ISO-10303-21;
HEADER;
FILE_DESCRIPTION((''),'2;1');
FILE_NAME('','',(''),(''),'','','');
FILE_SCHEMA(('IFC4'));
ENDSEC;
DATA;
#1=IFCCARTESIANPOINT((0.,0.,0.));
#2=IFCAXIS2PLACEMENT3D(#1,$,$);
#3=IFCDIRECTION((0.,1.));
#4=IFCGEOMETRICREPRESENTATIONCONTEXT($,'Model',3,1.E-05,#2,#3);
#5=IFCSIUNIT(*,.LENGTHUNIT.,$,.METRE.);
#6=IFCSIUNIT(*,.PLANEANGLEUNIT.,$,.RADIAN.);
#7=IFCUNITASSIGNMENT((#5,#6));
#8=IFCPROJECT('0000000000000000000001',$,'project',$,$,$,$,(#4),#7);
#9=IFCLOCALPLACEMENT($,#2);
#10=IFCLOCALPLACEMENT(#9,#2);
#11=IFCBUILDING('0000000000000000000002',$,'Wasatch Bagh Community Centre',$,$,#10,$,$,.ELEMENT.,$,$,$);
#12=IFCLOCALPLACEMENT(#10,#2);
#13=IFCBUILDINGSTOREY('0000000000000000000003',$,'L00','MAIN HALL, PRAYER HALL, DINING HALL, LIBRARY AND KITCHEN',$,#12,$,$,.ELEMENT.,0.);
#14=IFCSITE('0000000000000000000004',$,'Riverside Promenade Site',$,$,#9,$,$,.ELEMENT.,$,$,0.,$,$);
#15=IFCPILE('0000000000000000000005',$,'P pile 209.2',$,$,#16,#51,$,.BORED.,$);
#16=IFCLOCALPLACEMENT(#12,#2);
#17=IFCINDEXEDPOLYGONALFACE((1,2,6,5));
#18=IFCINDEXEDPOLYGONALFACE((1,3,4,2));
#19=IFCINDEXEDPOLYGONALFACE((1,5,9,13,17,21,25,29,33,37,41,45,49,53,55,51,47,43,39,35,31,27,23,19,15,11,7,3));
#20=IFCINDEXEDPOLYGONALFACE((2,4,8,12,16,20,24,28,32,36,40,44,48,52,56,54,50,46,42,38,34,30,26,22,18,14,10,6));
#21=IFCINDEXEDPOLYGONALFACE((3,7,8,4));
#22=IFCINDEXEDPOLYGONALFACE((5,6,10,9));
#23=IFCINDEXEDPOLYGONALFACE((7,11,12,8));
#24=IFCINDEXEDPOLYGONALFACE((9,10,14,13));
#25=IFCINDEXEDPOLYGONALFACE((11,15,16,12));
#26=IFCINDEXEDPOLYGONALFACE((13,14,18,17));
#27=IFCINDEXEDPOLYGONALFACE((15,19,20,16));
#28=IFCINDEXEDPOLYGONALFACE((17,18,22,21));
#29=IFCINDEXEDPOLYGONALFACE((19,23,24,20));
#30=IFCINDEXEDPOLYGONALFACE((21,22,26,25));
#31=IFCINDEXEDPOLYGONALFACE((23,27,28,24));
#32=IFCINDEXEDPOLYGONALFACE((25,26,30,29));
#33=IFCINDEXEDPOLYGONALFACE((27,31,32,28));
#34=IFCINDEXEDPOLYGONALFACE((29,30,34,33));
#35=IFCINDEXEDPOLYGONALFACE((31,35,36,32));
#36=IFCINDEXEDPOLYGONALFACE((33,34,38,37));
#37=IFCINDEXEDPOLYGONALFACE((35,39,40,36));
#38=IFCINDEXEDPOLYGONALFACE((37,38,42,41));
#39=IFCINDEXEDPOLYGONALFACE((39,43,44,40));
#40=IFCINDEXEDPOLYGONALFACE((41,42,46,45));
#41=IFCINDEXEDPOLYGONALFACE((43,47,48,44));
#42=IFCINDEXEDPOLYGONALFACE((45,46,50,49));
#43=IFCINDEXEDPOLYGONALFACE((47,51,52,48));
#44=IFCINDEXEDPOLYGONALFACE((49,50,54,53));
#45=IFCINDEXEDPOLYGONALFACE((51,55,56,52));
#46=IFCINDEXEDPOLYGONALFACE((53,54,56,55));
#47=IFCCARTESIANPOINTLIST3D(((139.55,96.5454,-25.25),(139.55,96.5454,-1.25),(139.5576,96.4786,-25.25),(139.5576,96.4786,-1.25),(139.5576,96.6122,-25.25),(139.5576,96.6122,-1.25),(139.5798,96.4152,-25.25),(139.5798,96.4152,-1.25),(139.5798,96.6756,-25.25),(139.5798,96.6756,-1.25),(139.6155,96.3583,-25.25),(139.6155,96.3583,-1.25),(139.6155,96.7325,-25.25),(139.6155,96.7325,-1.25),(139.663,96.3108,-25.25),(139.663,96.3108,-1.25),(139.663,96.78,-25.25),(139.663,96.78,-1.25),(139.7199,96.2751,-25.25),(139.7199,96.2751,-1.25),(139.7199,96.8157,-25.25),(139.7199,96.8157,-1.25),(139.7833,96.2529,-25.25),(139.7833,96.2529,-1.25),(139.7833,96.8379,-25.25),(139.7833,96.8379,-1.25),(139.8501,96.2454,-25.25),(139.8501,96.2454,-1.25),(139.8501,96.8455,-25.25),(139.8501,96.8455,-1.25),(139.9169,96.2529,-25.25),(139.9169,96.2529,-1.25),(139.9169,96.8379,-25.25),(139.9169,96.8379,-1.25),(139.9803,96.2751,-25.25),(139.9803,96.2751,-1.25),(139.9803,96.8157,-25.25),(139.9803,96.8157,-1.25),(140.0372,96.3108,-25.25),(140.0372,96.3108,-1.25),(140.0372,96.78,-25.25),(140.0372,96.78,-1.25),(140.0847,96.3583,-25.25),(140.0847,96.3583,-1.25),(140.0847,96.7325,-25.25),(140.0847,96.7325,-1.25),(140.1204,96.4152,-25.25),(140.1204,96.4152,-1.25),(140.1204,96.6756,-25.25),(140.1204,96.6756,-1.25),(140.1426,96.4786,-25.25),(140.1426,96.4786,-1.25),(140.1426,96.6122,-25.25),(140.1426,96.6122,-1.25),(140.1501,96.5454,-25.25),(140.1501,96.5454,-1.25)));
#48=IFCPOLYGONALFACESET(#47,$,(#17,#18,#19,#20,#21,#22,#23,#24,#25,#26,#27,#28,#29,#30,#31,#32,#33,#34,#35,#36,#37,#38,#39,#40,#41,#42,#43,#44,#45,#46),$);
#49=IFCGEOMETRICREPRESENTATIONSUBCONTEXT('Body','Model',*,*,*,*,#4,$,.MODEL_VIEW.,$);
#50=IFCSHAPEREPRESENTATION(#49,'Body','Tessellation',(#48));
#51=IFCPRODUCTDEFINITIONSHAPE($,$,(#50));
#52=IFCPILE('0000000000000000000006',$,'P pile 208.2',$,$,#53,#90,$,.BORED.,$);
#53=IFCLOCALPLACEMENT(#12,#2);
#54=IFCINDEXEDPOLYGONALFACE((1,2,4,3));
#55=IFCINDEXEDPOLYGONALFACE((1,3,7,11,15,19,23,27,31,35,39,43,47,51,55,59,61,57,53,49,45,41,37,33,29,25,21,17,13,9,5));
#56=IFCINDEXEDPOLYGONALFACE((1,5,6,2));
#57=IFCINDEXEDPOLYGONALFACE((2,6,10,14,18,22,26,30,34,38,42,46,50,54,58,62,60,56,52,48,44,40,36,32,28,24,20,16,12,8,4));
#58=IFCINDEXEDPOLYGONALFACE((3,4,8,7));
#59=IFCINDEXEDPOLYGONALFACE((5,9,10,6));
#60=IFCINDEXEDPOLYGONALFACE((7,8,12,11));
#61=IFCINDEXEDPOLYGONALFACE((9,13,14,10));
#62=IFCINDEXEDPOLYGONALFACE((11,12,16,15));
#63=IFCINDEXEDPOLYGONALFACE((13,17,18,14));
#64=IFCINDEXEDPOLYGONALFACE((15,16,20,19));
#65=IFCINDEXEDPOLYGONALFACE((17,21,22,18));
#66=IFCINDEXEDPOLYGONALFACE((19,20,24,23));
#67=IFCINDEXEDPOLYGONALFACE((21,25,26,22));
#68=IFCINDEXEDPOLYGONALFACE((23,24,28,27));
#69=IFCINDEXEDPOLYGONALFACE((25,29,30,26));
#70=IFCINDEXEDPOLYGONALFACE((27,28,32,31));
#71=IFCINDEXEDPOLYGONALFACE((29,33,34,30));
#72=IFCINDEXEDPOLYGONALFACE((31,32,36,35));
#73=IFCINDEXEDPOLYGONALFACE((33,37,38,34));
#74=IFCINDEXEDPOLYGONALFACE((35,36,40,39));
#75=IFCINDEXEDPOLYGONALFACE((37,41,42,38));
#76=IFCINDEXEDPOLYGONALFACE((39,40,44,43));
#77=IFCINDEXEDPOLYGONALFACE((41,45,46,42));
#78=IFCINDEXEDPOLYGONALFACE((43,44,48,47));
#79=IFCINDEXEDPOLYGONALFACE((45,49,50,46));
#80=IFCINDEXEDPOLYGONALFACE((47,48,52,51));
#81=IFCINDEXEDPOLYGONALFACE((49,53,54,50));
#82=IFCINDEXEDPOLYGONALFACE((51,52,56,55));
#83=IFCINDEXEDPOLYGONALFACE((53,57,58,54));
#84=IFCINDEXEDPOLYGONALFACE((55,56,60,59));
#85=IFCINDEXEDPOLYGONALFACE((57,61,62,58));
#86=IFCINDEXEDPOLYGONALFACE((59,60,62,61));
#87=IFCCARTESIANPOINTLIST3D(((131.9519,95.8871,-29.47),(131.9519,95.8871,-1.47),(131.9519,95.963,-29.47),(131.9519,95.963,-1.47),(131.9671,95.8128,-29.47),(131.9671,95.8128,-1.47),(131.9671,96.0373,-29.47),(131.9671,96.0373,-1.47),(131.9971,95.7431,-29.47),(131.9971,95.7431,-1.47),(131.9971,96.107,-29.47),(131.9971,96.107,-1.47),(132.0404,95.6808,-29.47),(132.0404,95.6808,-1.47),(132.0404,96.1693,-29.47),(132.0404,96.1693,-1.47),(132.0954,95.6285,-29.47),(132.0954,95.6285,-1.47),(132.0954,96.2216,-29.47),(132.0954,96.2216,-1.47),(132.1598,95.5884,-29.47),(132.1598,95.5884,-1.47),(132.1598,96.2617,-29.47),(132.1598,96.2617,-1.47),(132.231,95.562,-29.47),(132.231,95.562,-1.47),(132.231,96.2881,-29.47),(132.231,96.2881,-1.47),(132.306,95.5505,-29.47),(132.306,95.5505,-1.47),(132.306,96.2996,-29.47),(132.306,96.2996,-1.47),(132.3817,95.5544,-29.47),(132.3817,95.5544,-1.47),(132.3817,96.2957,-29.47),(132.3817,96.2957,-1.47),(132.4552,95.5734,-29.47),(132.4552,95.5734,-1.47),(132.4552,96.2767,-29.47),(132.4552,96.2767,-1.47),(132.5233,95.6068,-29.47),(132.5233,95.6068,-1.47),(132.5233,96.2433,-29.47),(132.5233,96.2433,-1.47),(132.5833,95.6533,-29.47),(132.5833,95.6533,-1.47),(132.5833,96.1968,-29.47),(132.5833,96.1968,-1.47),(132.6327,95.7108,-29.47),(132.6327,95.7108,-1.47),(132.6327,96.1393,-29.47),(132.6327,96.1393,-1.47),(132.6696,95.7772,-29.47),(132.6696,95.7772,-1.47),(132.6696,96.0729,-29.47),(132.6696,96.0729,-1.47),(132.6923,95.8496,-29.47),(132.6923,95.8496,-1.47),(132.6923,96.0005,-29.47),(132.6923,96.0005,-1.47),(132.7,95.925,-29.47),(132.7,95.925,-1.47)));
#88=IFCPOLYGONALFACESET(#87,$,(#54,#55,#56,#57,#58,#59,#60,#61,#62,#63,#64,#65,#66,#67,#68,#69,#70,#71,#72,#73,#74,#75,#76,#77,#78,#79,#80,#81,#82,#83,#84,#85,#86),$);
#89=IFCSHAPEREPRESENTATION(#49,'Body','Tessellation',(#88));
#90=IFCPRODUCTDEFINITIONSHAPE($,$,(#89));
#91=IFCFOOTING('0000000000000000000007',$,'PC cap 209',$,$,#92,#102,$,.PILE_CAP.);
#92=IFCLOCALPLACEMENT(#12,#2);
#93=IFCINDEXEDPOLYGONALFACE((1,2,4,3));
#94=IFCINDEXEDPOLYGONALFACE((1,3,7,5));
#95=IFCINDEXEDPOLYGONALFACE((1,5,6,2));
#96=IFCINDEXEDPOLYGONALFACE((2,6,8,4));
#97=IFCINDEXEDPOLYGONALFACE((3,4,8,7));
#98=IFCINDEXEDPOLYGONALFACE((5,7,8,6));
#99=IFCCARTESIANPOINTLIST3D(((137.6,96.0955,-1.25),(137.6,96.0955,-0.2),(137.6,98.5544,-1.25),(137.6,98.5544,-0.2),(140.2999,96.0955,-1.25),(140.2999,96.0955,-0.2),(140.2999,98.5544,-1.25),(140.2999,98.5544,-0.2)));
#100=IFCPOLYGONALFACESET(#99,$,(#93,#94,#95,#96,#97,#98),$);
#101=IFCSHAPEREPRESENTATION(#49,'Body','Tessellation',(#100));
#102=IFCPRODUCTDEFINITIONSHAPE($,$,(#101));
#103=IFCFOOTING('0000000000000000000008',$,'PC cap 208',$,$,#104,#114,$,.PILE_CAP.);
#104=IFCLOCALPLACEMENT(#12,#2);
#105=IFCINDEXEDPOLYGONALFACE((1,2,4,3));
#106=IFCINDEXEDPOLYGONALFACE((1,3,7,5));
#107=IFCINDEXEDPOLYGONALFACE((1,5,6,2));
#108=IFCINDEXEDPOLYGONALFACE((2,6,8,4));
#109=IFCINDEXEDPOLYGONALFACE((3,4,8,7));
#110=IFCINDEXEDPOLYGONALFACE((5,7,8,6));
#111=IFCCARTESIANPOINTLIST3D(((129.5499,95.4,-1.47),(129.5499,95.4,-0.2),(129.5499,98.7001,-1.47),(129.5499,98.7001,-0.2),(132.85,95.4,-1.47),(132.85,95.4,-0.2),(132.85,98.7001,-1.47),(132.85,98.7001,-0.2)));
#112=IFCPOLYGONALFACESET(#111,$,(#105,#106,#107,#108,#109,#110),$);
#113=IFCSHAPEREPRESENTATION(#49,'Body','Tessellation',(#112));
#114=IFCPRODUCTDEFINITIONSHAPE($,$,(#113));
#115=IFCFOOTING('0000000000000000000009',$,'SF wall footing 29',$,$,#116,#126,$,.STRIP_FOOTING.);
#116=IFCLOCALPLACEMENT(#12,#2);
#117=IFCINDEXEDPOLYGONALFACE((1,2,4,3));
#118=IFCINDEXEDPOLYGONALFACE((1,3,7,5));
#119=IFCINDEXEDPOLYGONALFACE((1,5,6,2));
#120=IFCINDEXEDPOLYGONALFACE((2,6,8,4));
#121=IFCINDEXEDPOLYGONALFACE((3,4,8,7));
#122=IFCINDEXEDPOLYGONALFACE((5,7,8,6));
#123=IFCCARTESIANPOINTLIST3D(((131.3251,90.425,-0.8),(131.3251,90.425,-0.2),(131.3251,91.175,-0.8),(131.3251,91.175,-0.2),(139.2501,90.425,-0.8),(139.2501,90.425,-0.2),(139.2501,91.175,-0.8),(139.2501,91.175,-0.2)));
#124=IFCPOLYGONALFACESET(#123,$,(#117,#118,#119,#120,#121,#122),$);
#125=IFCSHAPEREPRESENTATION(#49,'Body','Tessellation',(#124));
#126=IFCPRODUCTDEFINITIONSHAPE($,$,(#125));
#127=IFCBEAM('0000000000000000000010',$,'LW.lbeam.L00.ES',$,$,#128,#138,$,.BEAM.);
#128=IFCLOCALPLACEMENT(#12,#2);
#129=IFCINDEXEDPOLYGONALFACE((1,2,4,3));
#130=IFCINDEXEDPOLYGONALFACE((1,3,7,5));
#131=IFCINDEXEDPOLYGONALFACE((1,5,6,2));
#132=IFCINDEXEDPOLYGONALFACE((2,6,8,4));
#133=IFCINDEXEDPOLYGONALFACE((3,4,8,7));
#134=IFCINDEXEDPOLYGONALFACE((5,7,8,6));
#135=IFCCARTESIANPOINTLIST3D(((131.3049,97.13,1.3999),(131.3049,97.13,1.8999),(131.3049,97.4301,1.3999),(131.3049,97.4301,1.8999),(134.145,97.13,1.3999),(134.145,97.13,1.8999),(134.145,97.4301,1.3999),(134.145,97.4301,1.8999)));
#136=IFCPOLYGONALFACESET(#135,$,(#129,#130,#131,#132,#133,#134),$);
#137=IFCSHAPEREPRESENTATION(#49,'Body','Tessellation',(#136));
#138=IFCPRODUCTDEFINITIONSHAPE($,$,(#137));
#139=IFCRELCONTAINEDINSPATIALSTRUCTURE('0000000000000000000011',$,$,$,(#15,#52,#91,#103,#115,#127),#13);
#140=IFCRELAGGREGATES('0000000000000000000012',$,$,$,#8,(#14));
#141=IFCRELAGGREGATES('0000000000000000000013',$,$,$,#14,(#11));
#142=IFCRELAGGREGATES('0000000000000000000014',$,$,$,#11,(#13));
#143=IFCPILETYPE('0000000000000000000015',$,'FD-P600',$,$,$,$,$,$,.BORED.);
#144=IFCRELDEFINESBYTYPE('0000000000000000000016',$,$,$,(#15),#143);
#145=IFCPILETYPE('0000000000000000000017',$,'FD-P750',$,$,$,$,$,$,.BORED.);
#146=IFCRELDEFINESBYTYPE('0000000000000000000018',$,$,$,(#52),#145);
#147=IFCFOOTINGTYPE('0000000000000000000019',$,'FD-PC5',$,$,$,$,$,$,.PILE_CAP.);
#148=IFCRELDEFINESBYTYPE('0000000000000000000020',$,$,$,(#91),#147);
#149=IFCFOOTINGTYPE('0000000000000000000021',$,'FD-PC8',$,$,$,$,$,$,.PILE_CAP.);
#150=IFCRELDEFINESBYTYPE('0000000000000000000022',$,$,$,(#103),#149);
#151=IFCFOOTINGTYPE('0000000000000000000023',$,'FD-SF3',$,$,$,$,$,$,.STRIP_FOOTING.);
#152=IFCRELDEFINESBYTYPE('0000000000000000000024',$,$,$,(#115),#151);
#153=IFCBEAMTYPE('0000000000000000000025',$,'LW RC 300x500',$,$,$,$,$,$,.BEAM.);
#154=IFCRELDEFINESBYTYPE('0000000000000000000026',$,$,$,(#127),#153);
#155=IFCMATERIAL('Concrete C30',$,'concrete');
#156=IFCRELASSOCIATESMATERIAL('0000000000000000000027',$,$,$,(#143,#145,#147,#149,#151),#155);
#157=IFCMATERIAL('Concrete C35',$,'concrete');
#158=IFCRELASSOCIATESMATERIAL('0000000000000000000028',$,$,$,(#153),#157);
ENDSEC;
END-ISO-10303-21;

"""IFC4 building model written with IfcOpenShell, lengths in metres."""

from ifc_helpers import new_model, si_unit, direction, frame, origin, origin_2d, place, context, subcontext, project, spatial, rectangle, circle, extrude, material, material_profile, profile_set, type_object, element, save


model = new_model("IFC4")

# Units and contexts
model_context = context("Model", 3, precision=1e-05, world=origin(), true_north=direction((0.0, 1.0)))
body_context = subcontext(model_context, "Body", "Model", "MODEL_VIEW")
ifc_project = project(units=[si_unit("LENGTHUNIT", "METRE"), si_unit("PLANEANGLEUNIT", "RADIAN")], contexts=[model_context])

# Site, building, storey
site_placement = place(None, origin())
site = spatial("IfcSite", under=ifc_project, at=site_placement, Name="Riverside Promenade Site", CompositionType="ELEMENT", RefElevation=0.0)
building_placement = place(site_placement, origin())
building = spatial("IfcBuilding", under=site, at=building_placement, Name="Wasatch Bagh Community Centre", CompositionType="ELEMENT")
storey_placement = place(building_placement, origin())
storey = spatial("IfcBuildingStorey", under=building, at=storey_placement, Name="L00", Description="MAIN HALL, PRAYER HALL, DINING HALL, LIBRARY AND KITCHEN", CompositionType="ELEMENT", Elevation=0.0)

# Piles
ifc_material_1 = material(Name="Concrete C30", Category="concrete")
ifc_material_profile_1 = material_profile(ifc_material_1, circle(Radius=0.3, at=origin_2d()), Name="RC D600")
ifc_profile_set_1 = profile_set([ifc_material_profile_1], Name="Concrete C30")
pile_type_1 = type_object("IfcPileType", Name="FD-P600", PredefinedType="BORED", material=ifc_profile_set_1)
for number, where, z_axis, x_axis, name in (
    (1, (139.8501, 96.5454, -1.25), (0.0, 0.0, -1.0), (1.0, 0.0, 0.0), "P pile 209.2"),
):
    element("IfcPile", number, at=place(storey_placement, frame(where, z_axis=z_axis, x_axis=x_axis)), inside=storey, type_object=pile_type_1, Name=name, PredefinedType="BORED", context=body_context, shape_type="SweptSolid", body=[
        extrude(circle(Radius=0.3, at=origin_2d()), origin(), (0.0, 0.0, 1.0), 24.0),
    ])
ifc_material_profile_2 = material_profile(ifc_material_1, circle(Radius=0.375, at=origin_2d()), Name="RC D750")
ifc_profile_set_2 = profile_set([ifc_material_profile_2], Name="Concrete C30")
pile_type_2 = type_object("IfcPileType", Name="FD-P750", PredefinedType="BORED", material=ifc_profile_set_2)
pile_placement = place(storey_placement, frame((132.325, 95.925, -1.47), z_axis=(0.0, 0.0, -1.0), x_axis=(1.0, 0.0, 0.0)))
element("IfcPile", 2, at=pile_placement, inside=storey, type_object=pile_type_2, Name="P pile 208.2", PredefinedType="BORED", context=body_context, shape_type="SweptSolid", body=[
    extrude(circle(Radius=0.375, at=origin_2d()), origin(), (0.0, 0.0, 1.0), 28.0),
])

# Footings
footing_type_1 = type_object("IfcFootingType", Name="FD-PC5", PredefinedType="PILE_CAP", material=ifc_material_1)
footing_1_placement = place(storey_placement, frame((138.95, 97.325, -1.25), z_axis=(0.0, 0.0, 1.0), x_axis=(1.0, 0.0, 0.0)))
element("IfcFooting", 3, at=footing_1_placement, inside=storey, type_object=footing_type_1, Name="PC cap 209", PredefinedType="PILE_CAP", context=body_context, shape_type="SweptSolid", body=[
    extrude(rectangle(XDim=2.7, YDim=2.459, at=origin_2d()), origin(), (0.0, 0.0, 1.0), 1.05),
])
footing_type_2 = type_object("IfcFootingType", Name="FD-PC8", PredefinedType="PILE_CAP", material=ifc_material_1)
footing_2_placement = place(storey_placement, frame((131.2, 97.05, -1.47), z_axis=(0.0, 0.0, 1.0), x_axis=(1.0, 0.0, 0.0)))
element("IfcFooting", 4, at=footing_2_placement, inside=storey, type_object=footing_type_2, Name="PC cap 208", PredefinedType="PILE_CAP", context=body_context, shape_type="SweptSolid", body=[
    extrude(rectangle(XDim=3.3, YDim=3.3, at=origin_2d()), origin(), (0.0, 0.0, 1.0), 1.27),
])
footing_type_3 = type_object("IfcFootingType", Name="FD-SF3", PredefinedType="STRIP_FOOTING", material=ifc_material_1)
footing_3_placement = place(storey_placement, frame((135.2876, 90.8, -0.8), z_axis=(0.0, 0.0, 1.0), x_axis=(1.0, 0.0, 0.0)))
element("IfcFooting", 5, at=footing_3_placement, inside=storey, type_object=footing_type_3, Name="SF wall footing 29", PredefinedType="STRIP_FOOTING", context=body_context, shape_type="SweptSolid", body=[
    extrude(rectangle(XDim=7.925, YDim=0.75, at=origin_2d()), origin(), (0.0, 0.0, 1.0), 0.6001),
])

# Beam
ifc_material_2 = material(Name="Concrete C35", Category="concrete")
ifc_material_profile_3 = material_profile(ifc_material_2, rectangle(XDim=0.3, YDim=0.5, at=origin_2d()), Name="RC 300x500")
ifc_profile_set_3 = profile_set([ifc_material_profile_3], Name="Concrete C35")
beam_type = type_object("IfcBeamType", Name="LW RC 300x500", PredefinedType="BEAM", material=ifc_profile_set_3)
beam_placement = place(storey_placement, frame((131.3049, 97.28, 1.6499), z_axis=(1.0, 0.0, 0.0), x_axis=(0.0, 1.0, 0.0)))
element("IfcBeam", 6, at=beam_placement, inside=storey, type_object=beam_type, Name="LW.lbeam.L00.ES", PredefinedType="BEAM", context=body_context, shape_type="SweptSolid", body=[
    extrude(rectangle(XDim=0.3, YDim=0.5, at=origin_2d()), origin(), (0.0, 0.0, 1.0), 2.8401),
])

save(model, "model.ifc")
